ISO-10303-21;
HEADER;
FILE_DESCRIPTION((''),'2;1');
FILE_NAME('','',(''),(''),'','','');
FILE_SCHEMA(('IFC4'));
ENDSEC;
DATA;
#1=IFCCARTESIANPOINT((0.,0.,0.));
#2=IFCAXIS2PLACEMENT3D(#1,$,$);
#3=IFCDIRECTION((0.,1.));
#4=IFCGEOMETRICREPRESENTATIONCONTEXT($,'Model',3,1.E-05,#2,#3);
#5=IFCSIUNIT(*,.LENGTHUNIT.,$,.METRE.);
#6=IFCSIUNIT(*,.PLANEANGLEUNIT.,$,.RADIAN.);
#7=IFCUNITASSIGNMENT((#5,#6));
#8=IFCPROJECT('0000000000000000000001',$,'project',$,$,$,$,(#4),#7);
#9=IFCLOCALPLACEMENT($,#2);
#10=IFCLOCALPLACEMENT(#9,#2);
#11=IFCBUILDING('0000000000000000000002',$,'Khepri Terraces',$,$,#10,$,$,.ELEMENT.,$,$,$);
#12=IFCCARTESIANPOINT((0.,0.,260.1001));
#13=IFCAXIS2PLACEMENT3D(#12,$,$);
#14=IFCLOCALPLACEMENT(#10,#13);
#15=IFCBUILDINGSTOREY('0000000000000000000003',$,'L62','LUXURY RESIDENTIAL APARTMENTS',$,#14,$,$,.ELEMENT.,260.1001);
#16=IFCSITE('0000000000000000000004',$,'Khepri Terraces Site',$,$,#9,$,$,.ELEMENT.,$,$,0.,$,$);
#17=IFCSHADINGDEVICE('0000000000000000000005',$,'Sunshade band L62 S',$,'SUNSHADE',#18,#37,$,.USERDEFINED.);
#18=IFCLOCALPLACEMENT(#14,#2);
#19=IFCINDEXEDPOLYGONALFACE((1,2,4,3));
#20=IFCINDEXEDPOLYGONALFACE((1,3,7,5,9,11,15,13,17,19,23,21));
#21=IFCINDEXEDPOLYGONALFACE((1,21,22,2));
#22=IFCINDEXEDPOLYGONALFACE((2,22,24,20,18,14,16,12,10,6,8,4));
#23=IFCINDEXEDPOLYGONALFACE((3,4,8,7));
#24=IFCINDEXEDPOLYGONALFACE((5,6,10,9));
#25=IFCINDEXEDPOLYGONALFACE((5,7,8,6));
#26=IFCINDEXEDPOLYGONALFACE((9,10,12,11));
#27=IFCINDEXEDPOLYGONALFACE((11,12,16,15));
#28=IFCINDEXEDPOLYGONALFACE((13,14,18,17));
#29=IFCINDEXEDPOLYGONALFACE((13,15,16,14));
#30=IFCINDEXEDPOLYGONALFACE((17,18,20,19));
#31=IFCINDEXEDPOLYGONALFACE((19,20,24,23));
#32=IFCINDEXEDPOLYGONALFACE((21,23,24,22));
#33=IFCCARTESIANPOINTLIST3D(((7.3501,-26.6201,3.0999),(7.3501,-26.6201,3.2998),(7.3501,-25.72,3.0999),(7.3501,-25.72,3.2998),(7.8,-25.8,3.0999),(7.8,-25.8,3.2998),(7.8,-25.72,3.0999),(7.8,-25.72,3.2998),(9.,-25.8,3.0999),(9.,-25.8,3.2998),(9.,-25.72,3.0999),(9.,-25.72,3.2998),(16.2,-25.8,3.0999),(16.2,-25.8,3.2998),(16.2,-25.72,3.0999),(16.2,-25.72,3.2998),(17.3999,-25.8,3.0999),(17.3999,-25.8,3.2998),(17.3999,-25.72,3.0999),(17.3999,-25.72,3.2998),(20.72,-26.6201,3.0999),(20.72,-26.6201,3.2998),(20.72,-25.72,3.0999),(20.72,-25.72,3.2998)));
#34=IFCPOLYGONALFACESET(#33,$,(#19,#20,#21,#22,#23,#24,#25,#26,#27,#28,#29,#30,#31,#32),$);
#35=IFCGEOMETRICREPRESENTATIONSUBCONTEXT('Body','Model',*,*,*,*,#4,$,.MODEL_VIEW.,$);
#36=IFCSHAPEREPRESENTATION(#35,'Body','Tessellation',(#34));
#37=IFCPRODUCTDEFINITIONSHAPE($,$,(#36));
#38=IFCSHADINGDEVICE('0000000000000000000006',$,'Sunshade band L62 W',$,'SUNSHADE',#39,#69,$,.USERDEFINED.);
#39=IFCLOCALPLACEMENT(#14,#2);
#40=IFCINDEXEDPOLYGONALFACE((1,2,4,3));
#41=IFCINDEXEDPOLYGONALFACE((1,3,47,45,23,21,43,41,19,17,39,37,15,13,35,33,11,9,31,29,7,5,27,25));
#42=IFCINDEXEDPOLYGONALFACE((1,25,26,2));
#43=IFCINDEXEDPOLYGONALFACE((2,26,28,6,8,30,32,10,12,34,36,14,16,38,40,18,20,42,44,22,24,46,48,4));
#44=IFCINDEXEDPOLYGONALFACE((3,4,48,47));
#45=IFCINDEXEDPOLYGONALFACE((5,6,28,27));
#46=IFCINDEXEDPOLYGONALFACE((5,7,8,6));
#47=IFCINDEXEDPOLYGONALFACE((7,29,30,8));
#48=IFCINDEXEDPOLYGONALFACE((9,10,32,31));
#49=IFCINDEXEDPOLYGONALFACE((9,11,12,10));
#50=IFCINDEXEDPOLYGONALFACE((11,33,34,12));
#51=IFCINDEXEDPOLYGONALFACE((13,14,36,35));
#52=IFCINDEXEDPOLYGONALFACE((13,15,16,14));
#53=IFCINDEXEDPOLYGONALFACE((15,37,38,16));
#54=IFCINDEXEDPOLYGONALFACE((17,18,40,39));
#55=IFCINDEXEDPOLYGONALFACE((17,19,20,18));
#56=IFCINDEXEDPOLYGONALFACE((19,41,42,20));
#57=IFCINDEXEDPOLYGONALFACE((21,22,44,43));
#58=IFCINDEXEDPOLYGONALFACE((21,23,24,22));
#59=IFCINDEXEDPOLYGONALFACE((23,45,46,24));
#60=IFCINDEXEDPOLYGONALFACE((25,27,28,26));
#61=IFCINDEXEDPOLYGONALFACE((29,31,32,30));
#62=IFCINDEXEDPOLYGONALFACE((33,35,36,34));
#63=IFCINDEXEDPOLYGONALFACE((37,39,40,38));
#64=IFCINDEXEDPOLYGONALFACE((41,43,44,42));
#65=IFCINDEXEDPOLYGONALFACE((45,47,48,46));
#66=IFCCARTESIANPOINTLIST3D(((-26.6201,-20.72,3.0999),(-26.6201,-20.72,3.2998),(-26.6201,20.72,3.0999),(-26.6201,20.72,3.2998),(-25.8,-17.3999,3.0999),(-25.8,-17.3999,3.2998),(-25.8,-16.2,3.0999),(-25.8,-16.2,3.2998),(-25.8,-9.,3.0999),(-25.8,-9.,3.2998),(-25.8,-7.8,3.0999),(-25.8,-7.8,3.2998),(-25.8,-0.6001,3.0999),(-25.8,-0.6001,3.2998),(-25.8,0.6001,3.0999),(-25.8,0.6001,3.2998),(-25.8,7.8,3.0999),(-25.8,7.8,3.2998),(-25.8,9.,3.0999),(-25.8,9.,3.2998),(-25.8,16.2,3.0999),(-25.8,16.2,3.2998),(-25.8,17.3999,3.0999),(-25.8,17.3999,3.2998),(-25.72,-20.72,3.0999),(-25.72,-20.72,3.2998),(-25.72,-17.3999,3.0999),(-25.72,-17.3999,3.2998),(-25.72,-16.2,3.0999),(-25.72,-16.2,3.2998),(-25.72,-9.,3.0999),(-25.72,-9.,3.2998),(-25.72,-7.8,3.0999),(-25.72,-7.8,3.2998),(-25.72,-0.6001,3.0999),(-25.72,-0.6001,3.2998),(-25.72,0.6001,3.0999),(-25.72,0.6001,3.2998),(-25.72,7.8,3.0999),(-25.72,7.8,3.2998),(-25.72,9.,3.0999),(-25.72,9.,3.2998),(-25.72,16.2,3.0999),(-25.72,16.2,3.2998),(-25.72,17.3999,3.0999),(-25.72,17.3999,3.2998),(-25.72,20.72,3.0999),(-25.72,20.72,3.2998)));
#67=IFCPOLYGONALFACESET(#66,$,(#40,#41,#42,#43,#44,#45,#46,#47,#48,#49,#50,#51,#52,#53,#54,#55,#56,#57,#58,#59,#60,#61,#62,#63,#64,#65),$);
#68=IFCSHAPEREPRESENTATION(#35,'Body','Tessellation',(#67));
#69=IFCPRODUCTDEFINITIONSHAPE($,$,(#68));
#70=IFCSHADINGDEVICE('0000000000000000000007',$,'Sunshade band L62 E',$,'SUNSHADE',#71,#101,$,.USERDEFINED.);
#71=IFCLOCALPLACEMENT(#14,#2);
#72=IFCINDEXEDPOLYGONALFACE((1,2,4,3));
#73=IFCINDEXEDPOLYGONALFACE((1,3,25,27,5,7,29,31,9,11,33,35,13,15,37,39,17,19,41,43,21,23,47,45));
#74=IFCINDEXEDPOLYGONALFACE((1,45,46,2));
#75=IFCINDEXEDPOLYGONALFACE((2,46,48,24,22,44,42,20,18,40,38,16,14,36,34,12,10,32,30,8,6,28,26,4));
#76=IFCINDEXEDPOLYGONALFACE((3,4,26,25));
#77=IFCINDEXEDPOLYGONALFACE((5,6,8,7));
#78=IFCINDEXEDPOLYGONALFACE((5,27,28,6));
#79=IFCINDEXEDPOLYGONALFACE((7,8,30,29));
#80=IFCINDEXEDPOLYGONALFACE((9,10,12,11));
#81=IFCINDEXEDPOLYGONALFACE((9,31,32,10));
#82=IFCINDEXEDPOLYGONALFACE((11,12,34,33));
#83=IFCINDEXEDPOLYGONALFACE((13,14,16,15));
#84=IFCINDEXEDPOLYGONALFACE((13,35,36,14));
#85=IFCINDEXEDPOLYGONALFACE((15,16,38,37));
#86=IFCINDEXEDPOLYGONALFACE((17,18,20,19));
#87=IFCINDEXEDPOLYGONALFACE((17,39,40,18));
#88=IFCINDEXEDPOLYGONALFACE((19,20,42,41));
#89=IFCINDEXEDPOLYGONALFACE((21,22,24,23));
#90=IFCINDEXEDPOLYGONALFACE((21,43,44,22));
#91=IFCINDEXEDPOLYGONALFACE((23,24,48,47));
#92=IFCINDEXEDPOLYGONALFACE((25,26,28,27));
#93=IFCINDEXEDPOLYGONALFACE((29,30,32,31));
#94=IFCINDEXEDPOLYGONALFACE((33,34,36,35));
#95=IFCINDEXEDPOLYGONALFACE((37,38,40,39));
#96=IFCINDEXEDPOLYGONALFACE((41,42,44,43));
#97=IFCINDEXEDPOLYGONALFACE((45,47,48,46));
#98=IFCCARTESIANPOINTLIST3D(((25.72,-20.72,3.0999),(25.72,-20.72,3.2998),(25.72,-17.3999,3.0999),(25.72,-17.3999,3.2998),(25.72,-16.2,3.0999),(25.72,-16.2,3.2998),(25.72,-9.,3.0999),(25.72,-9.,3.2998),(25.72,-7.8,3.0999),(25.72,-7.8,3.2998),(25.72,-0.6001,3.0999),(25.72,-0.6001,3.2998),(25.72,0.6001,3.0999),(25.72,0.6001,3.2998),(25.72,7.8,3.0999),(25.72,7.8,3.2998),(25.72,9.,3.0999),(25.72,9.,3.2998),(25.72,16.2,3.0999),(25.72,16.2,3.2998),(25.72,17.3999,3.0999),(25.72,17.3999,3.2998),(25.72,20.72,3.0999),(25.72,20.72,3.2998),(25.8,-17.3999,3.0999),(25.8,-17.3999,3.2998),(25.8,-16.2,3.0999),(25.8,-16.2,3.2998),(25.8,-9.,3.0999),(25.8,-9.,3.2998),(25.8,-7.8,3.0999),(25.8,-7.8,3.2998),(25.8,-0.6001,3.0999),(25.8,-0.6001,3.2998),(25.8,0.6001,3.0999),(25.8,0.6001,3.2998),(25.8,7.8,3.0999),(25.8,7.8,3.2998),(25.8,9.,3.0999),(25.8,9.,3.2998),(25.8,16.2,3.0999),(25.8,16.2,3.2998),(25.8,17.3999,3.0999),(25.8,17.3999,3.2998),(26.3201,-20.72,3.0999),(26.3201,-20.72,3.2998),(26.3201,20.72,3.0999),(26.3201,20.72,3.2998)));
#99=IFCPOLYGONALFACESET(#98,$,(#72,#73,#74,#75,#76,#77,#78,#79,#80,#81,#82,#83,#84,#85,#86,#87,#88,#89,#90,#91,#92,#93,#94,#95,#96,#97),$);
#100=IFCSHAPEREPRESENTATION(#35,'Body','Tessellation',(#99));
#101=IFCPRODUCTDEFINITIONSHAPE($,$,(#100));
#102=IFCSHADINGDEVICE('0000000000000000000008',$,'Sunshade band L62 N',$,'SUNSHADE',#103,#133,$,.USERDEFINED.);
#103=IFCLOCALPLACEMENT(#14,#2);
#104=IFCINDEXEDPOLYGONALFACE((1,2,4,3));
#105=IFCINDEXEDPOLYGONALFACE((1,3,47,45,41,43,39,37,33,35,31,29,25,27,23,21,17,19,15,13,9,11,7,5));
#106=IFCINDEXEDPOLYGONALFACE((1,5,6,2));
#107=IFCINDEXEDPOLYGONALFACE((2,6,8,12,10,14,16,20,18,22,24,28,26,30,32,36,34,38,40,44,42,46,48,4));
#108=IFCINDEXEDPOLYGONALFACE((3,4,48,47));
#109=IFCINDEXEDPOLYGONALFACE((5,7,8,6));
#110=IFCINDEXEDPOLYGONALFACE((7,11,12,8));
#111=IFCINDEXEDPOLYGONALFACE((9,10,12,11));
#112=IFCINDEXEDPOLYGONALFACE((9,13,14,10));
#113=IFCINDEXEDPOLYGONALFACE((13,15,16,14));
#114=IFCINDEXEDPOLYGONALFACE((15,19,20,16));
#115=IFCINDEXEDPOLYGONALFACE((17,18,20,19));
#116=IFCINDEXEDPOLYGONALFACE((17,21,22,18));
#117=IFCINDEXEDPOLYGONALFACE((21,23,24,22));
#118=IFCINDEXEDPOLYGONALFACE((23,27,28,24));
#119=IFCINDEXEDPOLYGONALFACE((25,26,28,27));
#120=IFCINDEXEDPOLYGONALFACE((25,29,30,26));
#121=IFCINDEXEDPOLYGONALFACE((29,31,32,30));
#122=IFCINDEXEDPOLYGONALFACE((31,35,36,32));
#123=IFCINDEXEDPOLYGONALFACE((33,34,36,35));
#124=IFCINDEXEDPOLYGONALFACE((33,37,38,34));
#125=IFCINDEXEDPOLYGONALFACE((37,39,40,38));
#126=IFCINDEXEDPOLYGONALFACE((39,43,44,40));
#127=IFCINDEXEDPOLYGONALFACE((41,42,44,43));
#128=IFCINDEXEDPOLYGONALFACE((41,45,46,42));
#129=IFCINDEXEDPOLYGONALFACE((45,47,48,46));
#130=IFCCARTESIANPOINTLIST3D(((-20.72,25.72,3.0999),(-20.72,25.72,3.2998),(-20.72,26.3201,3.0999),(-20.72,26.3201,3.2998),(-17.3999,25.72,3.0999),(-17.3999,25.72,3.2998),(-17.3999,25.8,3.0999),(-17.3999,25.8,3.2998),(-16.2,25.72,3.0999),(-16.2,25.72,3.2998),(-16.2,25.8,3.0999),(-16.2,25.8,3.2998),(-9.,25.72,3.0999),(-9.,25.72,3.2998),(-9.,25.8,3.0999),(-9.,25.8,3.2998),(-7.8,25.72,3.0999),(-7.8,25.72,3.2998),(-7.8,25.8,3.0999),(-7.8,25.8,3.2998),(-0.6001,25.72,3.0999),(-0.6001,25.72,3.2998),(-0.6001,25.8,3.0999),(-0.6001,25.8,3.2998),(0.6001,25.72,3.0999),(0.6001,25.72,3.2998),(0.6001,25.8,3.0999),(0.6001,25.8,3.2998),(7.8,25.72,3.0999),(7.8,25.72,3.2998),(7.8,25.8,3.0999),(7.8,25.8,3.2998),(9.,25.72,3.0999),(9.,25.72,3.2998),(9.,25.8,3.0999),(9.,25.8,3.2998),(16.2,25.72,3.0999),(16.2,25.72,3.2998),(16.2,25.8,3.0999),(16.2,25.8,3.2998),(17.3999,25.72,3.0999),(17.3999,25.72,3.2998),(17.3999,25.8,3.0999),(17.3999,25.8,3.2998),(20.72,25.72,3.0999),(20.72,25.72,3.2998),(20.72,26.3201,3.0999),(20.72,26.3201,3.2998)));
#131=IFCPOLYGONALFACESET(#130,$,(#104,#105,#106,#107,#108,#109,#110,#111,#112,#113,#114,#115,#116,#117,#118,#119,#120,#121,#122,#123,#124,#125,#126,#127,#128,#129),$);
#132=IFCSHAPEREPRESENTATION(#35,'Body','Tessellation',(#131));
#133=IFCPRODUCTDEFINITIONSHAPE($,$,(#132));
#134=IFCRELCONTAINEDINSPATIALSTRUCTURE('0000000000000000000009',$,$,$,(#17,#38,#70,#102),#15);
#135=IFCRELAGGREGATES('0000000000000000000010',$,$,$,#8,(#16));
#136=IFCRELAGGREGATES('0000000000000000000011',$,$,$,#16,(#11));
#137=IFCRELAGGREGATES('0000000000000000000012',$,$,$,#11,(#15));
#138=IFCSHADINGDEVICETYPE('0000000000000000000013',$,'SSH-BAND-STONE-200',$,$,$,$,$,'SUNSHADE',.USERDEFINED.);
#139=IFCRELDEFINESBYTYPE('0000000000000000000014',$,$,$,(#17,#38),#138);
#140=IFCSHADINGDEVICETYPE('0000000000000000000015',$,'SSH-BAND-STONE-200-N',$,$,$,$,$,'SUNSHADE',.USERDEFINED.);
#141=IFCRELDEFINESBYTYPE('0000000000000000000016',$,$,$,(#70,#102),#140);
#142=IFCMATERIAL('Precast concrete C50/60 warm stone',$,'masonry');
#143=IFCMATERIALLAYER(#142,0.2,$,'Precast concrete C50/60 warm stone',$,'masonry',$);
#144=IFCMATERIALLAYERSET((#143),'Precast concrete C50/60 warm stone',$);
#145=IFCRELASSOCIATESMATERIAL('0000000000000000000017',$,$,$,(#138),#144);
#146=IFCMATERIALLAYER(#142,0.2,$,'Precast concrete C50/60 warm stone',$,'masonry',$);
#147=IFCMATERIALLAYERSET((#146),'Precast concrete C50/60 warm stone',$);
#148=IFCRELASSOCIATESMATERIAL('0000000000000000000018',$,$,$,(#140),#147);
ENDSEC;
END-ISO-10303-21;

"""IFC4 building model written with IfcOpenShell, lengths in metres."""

from ifc_helpers import new_model, si_unit, direction, frame, origin, place, context, subcontext, project, spatial, polyline, outline, extrude, material, layer, layer_set, type_object, element, save


model = new_model("IFC4")

# Units and contexts
model_context = context("Model", 3, precision=1e-05, world=origin(), true_north=direction((0.0, 1.0)))
body_context = subcontext(model_context, "Body", "Model", "MODEL_VIEW")
ifc_project = project(units=[si_unit("LENGTHUNIT", "METRE"), si_unit("PLANEANGLEUNIT", "RADIAN")], contexts=[model_context])

# Site, building, storey
site_placement = place(None, origin())
site = spatial("IfcSite", under=ifc_project, at=site_placement, Name="Khepri Terraces Site", CompositionType="ELEMENT", RefElevation=0.0)
building_placement = place(site_placement, origin())
building = spatial("IfcBuilding", under=site, at=building_placement, Name="Khepri Terraces", CompositionType="ELEMENT")
storey_placement = place(building_placement, frame((0.0, 0.0, 260.1001)))
storey = spatial("IfcBuildingStorey", under=building, at=storey_placement, Name="L62", Description="LUXURY RESIDENTIAL APARTMENTS", CompositionType="ELEMENT", Elevation=260.1001)

# Shared definitions
ifc_material_1 = material(Name="Precast concrete C50/60 warm stone", Category="masonry")

# Shading devices
ifc_layer_1 = layer(ifc_material_1, 0.2, Name="Precast concrete C50/60 warm stone", Category="masonry")
ifc_layer_set_1 = layer_set([ifc_layer_1], Name="Precast concrete C50/60 warm stone")
shading_device_type_1 = type_object("IfcShadingDeviceType", Name="SSH-BAND-STONE-200", ElementType="SUNSHADE", PredefinedType="USERDEFINED", material=ifc_layer_set_1)
shading_device_1_placement = place(storey_placement, frame((0.0, 0.0, 3.0999)))
element("IfcShadingDevice", 1, at=shading_device_1_placement, inside=storey, type_object=shading_device_type_1, Name="Sunshade band L62 S", ObjectType="SUNSHADE", PredefinedType="USERDEFINED", context=body_context, shape_type="SweptSolid", body=[
    extrude(outline(polyline([(7.8, -25.72), (7.3501, -25.72), (7.3501, -26.6201), (20.72, -26.6201), (20.72, -25.72), (17.3999, -25.72), (17.3999, -25.8), (16.2, -25.8), (16.2, -25.72), (9.0, -25.72), (9.0, -25.8), (7.8, -25.8), (7.8, -25.72)])), origin(), (0.0, 0.0, 1.0), 0.2),
])
shading_device_2_placement = place(storey_placement, frame((0.0, 0.0, 3.0999)))
element("IfcShadingDevice", 2, at=shading_device_2_placement, inside=storey, type_object=shading_device_type_1, Name="Sunshade band L62 W", ObjectType="SUNSHADE", PredefinedType="USERDEFINED", context=body_context, shape_type="SweptSolid", body=[
    extrude(outline(polyline([(-25.72, 17.3999), (-25.72, 20.72), (-26.6201, 20.72), (-26.6201, -20.72), (-25.72, -20.72), (-25.72, -17.3999), (-25.8, -17.3999), (-25.8, -16.2), (-25.72, -16.2), (-25.72, -9.0), (-25.8, -9.0), (-25.8, -7.8), (-25.72, -7.8), (-25.72, -0.6001), (-25.8, -0.6001), (-25.8, 0.6001), (-25.72, 0.6001), (-25.72, 7.8), (-25.8, 7.8), (-25.8, 9.0), (-25.72, 9.0), (-25.72, 16.2), (-25.8, 16.2), (-25.8, 17.3999), (-25.72, 17.3999)])), origin(), (0.0, 0.0, 1.0), 0.2),
])
ifc_layer_2 = layer(ifc_material_1, 0.2, Name="Precast concrete C50/60 warm stone", Category="masonry")
ifc_layer_set_2 = layer_set([ifc_layer_2], Name="Precast concrete C50/60 warm stone")
shading_device_type_2 = type_object("IfcShadingDeviceType", Name="SSH-BAND-STONE-200-N", ElementType="SUNSHADE", PredefinedType="USERDEFINED", material=ifc_layer_set_2)
shading_device_3_placement = place(storey_placement, frame((0.0, 0.0, 3.0999)))
element("IfcShadingDevice", 3, at=shading_device_3_placement, inside=storey, type_object=shading_device_type_2, Name="Sunshade band L62 E", ObjectType="SUNSHADE", PredefinedType="USERDEFINED", context=body_context, shape_type="SweptSolid", body=[
    extrude(outline(polyline([(25.72, -17.3999), (25.72, -20.72), (26.3201, -20.72), (26.3201, 20.72), (25.72, 20.72), (25.72, 17.3999), (25.8, 17.3999), (25.8, 16.2), (25.72, 16.2), (25.72, 9.0), (25.8, 9.0), (25.8, 7.8), (25.72, 7.8), (25.72, 0.6001), (25.8, 0.6001), (25.8, -0.6001), (25.72, -0.6001), (25.72, -7.8), (25.8, -7.8), (25.8, -9.0), (25.72, -9.0), (25.72, -16.2), (25.8, -16.2), (25.8, -17.3999), (25.72, -17.3999)])), origin(), (0.0, 0.0, 1.0), 0.2),
])
shading_device_4_placement = place(storey_placement, frame((0.0, 0.0, 3.0999)))
element("IfcShadingDevice", 4, at=shading_device_4_placement, inside=storey, type_object=shading_device_type_2, Name="Sunshade band L62 N", ObjectType="SUNSHADE", PredefinedType="USERDEFINED", context=body_context, shape_type="SweptSolid", body=[
    extrude(outline(polyline([(17.3999, 25.72), (20.72, 25.72), (20.72, 26.3201), (-20.72, 26.3201), (-20.72, 25.72), (-17.3999, 25.72), (-17.3999, 25.8), (-16.2, 25.8), (-16.2, 25.72), (-9.0, 25.72), (-9.0, 25.8), (-7.8, 25.8), (-7.8, 25.72), (-0.6001, 25.72), (-0.6001, 25.8), (0.6001, 25.8), (0.6001, 25.72), (7.8, 25.72), (7.8, 25.8), (9.0, 25.8), (9.0, 25.72), (16.2, 25.72), (16.2, 25.8), (17.3999, 25.8), (17.3999, 25.72)])), origin(), (0.0, 0.0, 1.0), 0.2),
])

save(model, "model.ifc")
